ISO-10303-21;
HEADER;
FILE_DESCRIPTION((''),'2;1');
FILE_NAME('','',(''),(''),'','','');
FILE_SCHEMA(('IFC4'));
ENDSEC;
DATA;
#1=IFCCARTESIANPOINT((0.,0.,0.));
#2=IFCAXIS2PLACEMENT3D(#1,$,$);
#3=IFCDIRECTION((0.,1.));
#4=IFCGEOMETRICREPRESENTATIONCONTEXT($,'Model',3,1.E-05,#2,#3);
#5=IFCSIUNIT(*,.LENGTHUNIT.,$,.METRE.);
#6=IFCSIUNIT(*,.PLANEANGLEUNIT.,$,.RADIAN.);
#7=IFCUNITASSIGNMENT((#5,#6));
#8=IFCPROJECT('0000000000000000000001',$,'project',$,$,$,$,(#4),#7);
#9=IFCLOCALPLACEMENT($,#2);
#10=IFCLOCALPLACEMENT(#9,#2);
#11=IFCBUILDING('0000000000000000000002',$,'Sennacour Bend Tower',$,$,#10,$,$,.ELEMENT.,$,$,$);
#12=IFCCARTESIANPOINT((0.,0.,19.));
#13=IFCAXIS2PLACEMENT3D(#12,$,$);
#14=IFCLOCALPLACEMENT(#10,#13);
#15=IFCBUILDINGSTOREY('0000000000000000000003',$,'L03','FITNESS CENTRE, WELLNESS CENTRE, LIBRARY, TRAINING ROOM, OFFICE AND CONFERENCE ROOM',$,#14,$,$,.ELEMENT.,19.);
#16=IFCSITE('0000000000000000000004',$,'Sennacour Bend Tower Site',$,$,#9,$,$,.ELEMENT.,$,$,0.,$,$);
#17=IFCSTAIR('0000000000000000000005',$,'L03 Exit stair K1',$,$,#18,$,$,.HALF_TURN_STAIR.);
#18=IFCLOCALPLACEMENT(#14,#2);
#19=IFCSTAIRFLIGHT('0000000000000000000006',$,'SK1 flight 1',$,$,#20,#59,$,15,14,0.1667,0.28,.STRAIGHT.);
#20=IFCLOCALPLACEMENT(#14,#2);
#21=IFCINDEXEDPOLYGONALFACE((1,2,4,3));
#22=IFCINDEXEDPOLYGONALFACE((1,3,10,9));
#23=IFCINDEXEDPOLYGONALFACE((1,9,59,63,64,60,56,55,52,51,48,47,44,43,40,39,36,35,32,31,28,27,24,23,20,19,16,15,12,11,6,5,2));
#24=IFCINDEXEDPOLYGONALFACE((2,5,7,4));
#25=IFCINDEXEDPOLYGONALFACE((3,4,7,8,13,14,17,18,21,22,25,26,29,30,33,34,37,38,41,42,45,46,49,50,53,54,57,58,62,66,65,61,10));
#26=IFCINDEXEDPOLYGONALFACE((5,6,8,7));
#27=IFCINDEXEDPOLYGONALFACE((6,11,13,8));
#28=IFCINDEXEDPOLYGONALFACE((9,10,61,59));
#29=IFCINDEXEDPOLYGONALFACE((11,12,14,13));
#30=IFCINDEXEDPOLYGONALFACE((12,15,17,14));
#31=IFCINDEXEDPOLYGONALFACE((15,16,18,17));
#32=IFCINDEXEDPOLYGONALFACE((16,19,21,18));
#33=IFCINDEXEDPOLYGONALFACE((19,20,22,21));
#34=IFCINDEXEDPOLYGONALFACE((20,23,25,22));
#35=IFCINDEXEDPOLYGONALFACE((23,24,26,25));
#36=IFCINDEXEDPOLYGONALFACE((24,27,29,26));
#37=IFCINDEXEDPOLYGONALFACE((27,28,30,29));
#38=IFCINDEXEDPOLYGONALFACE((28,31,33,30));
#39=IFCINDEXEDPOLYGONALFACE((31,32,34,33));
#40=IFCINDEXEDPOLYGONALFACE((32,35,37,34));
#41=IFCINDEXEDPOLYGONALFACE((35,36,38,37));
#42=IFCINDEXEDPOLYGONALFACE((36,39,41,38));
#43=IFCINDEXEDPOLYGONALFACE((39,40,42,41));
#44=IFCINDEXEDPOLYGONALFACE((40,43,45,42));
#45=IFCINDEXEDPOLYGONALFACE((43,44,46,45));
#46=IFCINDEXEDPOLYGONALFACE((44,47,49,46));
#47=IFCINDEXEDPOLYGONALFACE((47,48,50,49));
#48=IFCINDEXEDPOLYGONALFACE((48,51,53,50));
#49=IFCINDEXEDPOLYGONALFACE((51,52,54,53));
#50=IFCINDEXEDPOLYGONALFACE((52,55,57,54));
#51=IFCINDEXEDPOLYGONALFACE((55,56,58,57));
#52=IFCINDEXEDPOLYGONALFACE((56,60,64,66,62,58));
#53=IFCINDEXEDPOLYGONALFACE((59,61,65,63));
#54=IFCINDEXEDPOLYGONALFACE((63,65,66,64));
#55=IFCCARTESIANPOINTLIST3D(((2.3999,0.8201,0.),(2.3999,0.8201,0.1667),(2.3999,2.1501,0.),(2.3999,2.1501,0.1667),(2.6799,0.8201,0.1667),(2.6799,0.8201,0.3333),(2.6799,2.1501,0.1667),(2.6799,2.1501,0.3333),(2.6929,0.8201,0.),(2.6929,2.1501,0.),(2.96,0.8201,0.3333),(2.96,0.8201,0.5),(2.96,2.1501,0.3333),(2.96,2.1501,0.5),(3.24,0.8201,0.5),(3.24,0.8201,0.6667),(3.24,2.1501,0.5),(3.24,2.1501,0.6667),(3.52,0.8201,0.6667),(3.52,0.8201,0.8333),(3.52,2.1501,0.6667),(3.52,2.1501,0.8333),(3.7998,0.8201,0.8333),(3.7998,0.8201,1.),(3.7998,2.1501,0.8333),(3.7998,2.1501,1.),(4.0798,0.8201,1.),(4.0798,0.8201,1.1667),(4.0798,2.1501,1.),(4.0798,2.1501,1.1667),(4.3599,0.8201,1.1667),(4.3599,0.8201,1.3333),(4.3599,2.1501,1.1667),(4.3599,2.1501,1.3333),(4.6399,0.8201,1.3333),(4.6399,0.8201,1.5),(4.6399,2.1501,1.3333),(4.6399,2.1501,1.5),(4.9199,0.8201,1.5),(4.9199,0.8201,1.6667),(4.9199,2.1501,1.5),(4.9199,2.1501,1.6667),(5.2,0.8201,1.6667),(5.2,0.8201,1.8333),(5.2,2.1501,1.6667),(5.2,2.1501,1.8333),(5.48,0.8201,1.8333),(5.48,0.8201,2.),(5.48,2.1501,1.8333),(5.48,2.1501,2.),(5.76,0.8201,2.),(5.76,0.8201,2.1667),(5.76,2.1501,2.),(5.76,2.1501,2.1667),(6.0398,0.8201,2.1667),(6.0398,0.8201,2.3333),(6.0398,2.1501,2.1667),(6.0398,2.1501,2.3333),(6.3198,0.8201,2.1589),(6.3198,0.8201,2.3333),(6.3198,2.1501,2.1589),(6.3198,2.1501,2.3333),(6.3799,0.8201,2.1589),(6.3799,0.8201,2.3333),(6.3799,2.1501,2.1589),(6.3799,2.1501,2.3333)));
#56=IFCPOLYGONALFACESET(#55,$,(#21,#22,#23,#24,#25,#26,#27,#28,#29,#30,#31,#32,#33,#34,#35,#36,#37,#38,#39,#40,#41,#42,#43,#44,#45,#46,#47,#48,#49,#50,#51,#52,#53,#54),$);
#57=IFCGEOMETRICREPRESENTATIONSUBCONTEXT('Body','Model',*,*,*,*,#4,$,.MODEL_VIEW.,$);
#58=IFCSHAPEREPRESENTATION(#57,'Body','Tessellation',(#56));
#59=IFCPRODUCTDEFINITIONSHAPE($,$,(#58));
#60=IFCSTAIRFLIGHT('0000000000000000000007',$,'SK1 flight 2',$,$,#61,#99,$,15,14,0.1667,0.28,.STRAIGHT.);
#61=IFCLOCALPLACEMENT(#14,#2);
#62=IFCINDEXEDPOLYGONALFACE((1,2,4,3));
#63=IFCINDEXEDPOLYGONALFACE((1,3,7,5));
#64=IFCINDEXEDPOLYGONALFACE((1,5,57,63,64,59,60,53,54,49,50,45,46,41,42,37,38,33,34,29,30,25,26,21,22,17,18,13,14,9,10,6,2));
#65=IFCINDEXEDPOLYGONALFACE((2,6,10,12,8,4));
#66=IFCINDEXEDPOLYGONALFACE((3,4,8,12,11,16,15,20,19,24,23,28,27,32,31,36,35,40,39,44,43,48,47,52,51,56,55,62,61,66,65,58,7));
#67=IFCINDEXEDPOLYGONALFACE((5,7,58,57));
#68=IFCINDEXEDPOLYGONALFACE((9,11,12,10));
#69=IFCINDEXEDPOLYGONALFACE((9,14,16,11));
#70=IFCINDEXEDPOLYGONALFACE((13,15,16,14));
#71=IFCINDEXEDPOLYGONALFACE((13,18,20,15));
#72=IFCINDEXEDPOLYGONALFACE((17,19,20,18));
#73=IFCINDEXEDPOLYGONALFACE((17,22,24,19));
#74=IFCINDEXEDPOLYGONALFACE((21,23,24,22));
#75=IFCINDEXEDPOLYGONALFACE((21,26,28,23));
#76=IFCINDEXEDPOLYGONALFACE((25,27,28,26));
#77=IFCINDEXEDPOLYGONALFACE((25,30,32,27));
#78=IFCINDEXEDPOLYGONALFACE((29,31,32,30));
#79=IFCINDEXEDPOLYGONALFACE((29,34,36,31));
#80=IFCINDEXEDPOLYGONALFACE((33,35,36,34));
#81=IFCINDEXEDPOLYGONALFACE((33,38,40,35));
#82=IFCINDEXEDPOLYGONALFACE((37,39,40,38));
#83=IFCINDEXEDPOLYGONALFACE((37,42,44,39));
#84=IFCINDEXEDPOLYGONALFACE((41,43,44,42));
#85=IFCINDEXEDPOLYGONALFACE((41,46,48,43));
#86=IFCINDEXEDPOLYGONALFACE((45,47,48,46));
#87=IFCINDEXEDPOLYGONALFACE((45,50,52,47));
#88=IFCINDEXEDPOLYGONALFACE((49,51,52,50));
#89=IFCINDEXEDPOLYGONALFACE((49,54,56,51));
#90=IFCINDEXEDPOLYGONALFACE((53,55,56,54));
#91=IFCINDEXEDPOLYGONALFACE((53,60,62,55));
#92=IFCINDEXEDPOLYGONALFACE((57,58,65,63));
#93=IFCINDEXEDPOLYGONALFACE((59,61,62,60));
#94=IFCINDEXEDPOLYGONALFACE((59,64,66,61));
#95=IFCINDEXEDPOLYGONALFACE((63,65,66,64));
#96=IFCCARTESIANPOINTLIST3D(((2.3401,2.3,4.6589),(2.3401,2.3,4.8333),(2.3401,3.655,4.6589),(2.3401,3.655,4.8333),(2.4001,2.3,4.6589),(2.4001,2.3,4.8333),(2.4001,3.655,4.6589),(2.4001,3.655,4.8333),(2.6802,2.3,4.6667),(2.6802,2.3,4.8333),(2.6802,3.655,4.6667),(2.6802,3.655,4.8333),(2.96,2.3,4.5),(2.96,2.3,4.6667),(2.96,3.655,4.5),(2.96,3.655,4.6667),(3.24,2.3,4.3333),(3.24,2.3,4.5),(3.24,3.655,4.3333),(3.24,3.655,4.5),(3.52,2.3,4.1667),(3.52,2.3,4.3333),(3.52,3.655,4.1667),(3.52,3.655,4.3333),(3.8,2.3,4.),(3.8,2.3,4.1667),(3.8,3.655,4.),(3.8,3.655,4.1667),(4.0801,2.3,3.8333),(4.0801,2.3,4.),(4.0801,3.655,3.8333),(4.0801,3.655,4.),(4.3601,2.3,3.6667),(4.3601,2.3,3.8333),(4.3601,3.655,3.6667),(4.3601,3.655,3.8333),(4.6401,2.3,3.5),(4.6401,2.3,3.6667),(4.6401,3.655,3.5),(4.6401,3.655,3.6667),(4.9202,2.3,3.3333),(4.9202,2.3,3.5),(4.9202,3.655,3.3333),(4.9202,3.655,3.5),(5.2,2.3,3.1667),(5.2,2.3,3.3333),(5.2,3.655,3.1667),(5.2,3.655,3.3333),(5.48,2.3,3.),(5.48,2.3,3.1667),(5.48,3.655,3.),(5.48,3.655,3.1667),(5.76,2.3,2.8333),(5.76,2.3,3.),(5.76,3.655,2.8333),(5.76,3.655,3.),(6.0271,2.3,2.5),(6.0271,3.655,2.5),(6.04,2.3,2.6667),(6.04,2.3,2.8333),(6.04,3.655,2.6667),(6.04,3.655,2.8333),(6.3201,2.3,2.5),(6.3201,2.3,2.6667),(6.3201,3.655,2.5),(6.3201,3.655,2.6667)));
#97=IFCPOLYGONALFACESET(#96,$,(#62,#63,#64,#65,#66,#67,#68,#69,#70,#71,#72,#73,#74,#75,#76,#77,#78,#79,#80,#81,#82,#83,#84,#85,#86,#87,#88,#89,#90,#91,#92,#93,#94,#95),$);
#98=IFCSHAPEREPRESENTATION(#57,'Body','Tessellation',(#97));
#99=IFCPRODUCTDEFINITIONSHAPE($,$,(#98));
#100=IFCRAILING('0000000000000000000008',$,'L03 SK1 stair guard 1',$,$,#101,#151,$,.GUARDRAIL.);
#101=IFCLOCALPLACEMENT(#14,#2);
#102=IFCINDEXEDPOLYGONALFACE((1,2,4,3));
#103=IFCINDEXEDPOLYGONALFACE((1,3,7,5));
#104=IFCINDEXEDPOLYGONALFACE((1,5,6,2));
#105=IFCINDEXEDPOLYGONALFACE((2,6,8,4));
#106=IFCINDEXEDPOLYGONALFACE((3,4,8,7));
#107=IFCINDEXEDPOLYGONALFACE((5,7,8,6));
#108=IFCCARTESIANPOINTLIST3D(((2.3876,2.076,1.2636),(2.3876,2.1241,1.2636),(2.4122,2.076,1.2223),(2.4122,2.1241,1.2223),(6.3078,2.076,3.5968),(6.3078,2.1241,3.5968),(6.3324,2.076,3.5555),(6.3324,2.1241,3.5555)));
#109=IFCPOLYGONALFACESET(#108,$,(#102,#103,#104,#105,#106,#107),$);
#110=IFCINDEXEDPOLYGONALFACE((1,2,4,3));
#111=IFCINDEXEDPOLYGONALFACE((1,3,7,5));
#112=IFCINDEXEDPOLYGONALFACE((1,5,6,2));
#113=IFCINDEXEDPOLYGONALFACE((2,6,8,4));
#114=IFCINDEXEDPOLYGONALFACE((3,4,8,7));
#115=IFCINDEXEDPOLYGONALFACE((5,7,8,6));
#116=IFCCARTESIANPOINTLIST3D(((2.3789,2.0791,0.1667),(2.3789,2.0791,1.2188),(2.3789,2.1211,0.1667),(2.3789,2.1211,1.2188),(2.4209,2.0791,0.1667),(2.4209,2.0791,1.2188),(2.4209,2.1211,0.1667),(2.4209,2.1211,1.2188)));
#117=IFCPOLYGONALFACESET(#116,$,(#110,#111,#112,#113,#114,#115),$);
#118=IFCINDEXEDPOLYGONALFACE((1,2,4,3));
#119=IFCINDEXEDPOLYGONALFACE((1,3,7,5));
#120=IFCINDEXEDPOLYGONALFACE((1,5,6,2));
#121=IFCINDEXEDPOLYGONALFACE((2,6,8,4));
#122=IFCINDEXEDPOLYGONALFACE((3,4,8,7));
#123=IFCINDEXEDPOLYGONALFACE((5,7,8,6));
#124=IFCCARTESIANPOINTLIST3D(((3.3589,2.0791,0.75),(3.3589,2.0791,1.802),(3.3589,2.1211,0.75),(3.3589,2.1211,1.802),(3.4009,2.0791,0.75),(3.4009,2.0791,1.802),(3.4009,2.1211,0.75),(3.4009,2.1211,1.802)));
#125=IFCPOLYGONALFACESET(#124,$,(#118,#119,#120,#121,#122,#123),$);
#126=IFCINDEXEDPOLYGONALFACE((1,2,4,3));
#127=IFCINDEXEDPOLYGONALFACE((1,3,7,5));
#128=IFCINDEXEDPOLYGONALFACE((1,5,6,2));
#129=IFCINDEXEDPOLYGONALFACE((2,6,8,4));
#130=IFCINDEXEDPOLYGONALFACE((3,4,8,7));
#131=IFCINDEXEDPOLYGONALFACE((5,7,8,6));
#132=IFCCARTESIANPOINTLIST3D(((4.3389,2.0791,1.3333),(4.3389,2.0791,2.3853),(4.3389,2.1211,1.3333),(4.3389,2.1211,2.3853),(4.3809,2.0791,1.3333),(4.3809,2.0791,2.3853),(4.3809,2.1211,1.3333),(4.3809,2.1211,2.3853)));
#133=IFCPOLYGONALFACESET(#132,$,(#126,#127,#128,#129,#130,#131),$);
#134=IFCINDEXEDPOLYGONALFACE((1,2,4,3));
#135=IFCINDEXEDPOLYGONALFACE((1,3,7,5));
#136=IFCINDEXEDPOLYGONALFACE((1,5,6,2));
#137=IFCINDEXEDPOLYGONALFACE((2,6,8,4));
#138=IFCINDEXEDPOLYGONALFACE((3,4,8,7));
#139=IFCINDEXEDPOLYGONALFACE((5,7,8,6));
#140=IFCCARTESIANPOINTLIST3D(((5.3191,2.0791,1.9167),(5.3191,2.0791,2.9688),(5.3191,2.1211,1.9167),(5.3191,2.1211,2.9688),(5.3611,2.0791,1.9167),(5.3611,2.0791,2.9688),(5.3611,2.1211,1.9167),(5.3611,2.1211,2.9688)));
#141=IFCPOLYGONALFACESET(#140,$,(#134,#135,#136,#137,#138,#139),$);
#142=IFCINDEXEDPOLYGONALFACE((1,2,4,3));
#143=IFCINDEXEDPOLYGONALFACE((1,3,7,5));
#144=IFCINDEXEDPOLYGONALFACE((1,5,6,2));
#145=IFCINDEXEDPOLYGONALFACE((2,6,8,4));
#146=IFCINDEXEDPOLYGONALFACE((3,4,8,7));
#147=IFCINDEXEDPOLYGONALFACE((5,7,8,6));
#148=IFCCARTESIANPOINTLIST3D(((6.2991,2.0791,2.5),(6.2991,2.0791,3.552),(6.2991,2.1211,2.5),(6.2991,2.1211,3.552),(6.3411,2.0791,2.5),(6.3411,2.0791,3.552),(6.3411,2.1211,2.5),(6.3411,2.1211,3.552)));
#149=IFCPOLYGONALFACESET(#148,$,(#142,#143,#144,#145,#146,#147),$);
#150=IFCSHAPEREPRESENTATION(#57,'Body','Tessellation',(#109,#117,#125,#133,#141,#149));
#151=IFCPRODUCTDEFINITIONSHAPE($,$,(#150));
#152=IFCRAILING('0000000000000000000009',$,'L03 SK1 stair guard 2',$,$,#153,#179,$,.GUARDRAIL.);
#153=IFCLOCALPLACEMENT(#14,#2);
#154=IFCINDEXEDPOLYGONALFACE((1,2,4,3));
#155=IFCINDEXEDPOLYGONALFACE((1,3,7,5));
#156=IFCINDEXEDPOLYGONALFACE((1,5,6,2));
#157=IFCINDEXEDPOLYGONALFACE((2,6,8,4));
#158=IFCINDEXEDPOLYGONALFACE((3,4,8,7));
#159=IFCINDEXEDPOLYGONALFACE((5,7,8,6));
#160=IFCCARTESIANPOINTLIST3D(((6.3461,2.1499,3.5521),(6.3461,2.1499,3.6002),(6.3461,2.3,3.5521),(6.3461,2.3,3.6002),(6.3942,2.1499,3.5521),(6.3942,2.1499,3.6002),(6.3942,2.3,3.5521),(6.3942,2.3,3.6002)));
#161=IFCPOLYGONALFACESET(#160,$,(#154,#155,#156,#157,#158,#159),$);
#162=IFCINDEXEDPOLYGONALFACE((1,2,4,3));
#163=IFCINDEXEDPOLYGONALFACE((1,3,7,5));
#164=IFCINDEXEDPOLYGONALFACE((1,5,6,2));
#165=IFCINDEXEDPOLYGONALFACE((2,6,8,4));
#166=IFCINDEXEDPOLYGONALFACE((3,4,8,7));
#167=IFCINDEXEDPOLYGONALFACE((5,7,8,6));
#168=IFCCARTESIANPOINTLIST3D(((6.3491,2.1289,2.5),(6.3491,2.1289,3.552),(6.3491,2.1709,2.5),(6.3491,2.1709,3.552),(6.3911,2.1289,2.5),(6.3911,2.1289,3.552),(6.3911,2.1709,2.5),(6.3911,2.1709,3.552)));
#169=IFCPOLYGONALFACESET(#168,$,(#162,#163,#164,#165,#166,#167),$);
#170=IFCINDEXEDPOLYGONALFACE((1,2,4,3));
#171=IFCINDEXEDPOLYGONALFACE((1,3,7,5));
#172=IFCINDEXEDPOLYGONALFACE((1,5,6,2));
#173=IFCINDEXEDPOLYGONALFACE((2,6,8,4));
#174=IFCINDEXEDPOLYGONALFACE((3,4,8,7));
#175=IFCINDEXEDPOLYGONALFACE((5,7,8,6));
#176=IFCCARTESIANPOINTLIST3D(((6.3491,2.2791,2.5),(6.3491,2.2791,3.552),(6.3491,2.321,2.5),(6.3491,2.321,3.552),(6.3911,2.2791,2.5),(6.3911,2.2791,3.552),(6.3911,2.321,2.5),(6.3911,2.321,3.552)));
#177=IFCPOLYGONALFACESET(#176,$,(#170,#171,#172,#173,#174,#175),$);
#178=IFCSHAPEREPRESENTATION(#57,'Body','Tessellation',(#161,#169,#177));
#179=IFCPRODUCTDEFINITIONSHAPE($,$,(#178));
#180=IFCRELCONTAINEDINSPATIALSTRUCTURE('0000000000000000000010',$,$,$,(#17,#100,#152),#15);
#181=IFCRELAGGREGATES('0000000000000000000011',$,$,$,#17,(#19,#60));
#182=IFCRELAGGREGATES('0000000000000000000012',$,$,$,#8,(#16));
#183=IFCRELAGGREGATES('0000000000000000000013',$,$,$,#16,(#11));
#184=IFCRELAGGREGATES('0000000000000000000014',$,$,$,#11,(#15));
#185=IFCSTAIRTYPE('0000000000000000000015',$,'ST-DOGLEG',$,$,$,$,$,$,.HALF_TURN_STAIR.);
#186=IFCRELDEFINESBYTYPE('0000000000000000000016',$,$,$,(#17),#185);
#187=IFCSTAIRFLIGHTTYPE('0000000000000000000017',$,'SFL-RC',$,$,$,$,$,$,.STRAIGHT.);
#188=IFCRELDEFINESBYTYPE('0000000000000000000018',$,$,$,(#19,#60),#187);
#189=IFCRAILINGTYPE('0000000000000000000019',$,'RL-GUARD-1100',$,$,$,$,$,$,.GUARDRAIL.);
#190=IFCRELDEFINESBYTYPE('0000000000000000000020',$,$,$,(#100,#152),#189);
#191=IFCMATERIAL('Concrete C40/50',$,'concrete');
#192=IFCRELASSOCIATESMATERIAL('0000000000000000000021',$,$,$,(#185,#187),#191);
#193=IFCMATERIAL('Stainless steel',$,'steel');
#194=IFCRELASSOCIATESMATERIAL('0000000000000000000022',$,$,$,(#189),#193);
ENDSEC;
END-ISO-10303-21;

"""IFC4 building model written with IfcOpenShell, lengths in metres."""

from ifc_helpers import new_model, si_unit, direction, frame, origin, origin_2d, place, context, subcontext, project, spatial, polyline, rectangle, outline, extrude, material, type_object, element, aggregate, save


model = new_model("IFC4")

# Units and contexts
model_context = context("Model", 3, precision=1e-05, world=origin(), true_north=direction((0.0, 1.0)))
body_context = subcontext(model_context, "Body", "Model", "MODEL_VIEW")
ifc_project = project(units=[si_unit("LENGTHUNIT", "METRE"), si_unit("PLANEANGLEUNIT", "RADIAN")], contexts=[model_context])

# Site, building, storey
site_placement = place(None, origin())
site = spatial("IfcSite", under=ifc_project, at=site_placement, Name="Sennacour Bend Tower Site", CompositionType="ELEMENT", RefElevation=0.0)
building_placement = place(site_placement, origin())
building = spatial("IfcBuilding", under=site, at=building_placement, Name="Sennacour Bend Tower", CompositionType="ELEMENT")
storey_placement = place(building_placement, frame((0.0, 0.0, 19.0)))
storey = spatial("IfcBuildingStorey", under=building, at=storey_placement, Name="L03", Description="FITNESS CENTRE, WELLNESS CENTRE, LIBRARY, TRAINING ROOM, OFFICE AND CONFERENCE ROOM", CompositionType="ELEMENT", Elevation=19.0)

# Stair, stair flights
ifc_material_1 = material(Name="Concrete C40/50", Category="concrete")
stair_type = type_object("IfcStairType", Name="ST-DOGLEG", PredefinedType="HALF_TURN_STAIR", material=ifc_material_1)
stair_placement = place(storey_placement, origin())
stair = element("IfcStair", 1, at=stair_placement, inside=storey, type_object=stair_type, Name="L03 Exit stair K1", PredefinedType="HALF_TURN_STAIR")
stair_flight_type = type_object("IfcStairFlightType", Name="SFL-RC", PredefinedType="STRAIGHT", material=ifc_material_1)
stair_flight_1_placement = place(storey_placement, frame((2.3999, 1.4851, 0.0), z_axis=(0.0, 0.0, 1.0), x_axis=(1.0, 0.0, 0.0)))
stair_flight_1 = element("IfcStairFlight", 2, at=stair_flight_1_placement, type_object=stair_flight_type, Name="SK1 flight 1", NumberOfRisers=15, NumberOfTreads=14, PredefinedType="STRAIGHT", RiserHeight=0.1667, TreadLength=0.28, context=body_context, shape_type="SweptSolid", body=[
    extrude(outline(polyline([(0.0, 0.0), (0.0, 0.1667), (0.28, 0.1667), (0.28, 0.3333), (0.5601, 0.3333), (0.5601, 0.5), (0.8401, 0.5), (0.8401, 0.6667), (1.1201, 0.6667), (1.1201, 0.8333), (1.3999, 0.8333), (1.3999, 1.0), (1.6799, 1.0), (1.6799, 1.1667), (1.96, 1.1667), (1.96, 1.3333), (2.24, 1.3333), (2.24, 1.5), (2.52, 1.5), (2.52, 1.6667), (2.8, 1.6667), (2.8, 1.8333), (3.0801, 1.8333), (3.0801, 2.0), (3.3601, 2.0), (3.3601, 2.1667), (3.6399, 2.1667), (3.6399, 2.3333), (3.9199, 2.3333), (3.98, 2.3333), (3.98, 2.1589), (3.9199, 2.1589), (0.293, 0.0), (0.0, 0.0)])), frame((0.0, 0.665, 0.0), z_axis=(0.0, -1.0, 0.0), x_axis=(1.0, 0.0, 0.0)), (0.0, 0.0, 1.0), 1.3301),
])
stair_flight_2_placement = place(storey_placement, frame((6.3201, 2.9775, 2.5), z_axis=(0.0, 0.0, 1.0), x_axis=(-1.0, 0.0, 0.0)))
stair_flight_2 = element("IfcStairFlight", 3, at=stair_flight_2_placement, type_object=stair_flight_type, Name="SK1 flight 2", NumberOfRisers=15, NumberOfTreads=14, PredefinedType="STRAIGHT", RiserHeight=0.1667, TreadLength=0.28, context=body_context, shape_type="SweptSolid", body=[
    extrude(outline(polyline([(0.0, 0.0), (0.0, 0.1667), (0.28, 0.1667), (0.28, 0.3333), (0.5601, 0.3333), (0.5601, 0.5), (0.8401, 0.5), (0.8401, 0.6667), (1.1201, 0.6667), (1.1201, 0.8333), (1.3999, 0.8333), (1.3999, 1.0), (1.6799, 1.0), (1.6799, 1.1667), (1.96, 1.1667), (1.96, 1.3333), (2.24, 1.3333), (2.24, 1.5), (2.52, 1.5), (2.52, 1.6667), (2.8, 1.6667), (2.8, 1.8333), (3.0801, 1.8333), (3.0801, 2.0), (3.3601, 2.0), (3.3601, 2.1667), (3.6399, 2.1667), (3.6399, 2.3333), (3.9199, 2.3333), (3.98, 2.3333), (3.98, 2.1589), (3.9199, 2.1589), (0.293, 0.0), (0.0, 0.0)])), frame((0.0, 0.6775, 0.0), z_axis=(0.0, -1.0, 0.0), x_axis=(1.0, 0.0, 0.0)), (0.0, 0.0, 1.0), 1.355),
])
aggregate(stair, [stair_flight_1, stair_flight_2])

# Railings
ifc_material_2 = material(Name="Stainless steel", Category="steel")
railing_type_1 = type_object("IfcRailingType", Name="RL-GUARD-1100", PredefinedType="GUARDRAIL", material=ifc_material_2)
railing_1_placement = place(storey_placement, frame((2.3999, 2.1001, 0.1667)))
element("IfcRailing", 4, at=railing_1_placement, inside=storey, type_object=railing_type_1, Name="L03 SK1 stair guard 1", PredefinedType="GUARDRAIL", context=body_context, shape_type="SweptSolid", body=[
    extrude(rectangle(XDim=0.0481, YDim=0.0481, at=origin_2d()), frame((0.0, 0.0, 1.0762), z_axis=(0.85931, 0.0, 0.511455), x_axis=(0.0, 1.0, 0.0)), (0.0, 0.0, 1.0), 4.562),
    extrude(rectangle(XDim=0.042, YDim=0.042, at=origin_2d()), origin(), (0.0, 0.0, 1.0), 1.052),
    extrude(rectangle(XDim=0.042, YDim=0.042, at=origin_2d()), frame((0.98, 0.0, 0.5833)), (0.0, 0.0, 1.0), 1.052),
    extrude(rectangle(XDim=0.042, YDim=0.042, at=origin_2d()), frame((1.96, 0.0, 1.1665)), (0.0, 0.0, 1.0), 1.052),
    extrude(rectangle(XDim=0.042, YDim=0.042, at=origin_2d()), frame((2.9402, 0.0, 1.75)), (0.0, 0.0, 1.0), 1.052),
    extrude(rectangle(XDim=0.042, YDim=0.042, at=origin_2d()), frame((3.9202, 0.0, 2.3333)), (0.0, 0.0, 1.0), 1.052),
])
railing_2_placement = place(storey_placement, frame((6.3701, 2.1499, 2.5)))
element("IfcRailing", 5, at=railing_2_placement, inside=storey, type_object=railing_type_1, Name="L03 SK1 stair guard 2", PredefinedType="GUARDRAIL", context=body_context, shape_type="SweptSolid", body=[
    extrude(rectangle(XDim=0.0481, YDim=0.0481, at=origin_2d()), frame((0.0, 0.0, 1.0762), z_axis=(0.0, 1.0, 0.0), x_axis=(-1.0, 0.0, 0.0)), (0.0, 0.0, 1.0), 0.1501),
    extrude(rectangle(XDim=0.042, YDim=0.042, at=origin_2d()), origin(), (0.0, 0.0, 1.0), 1.052),
    extrude(rectangle(XDim=0.042, YDim=0.042, at=origin_2d()), frame((0.0, 0.1501, 0.0)), (0.0, 0.0, 1.0), 1.052),
])

save(model, "model.ifc")
